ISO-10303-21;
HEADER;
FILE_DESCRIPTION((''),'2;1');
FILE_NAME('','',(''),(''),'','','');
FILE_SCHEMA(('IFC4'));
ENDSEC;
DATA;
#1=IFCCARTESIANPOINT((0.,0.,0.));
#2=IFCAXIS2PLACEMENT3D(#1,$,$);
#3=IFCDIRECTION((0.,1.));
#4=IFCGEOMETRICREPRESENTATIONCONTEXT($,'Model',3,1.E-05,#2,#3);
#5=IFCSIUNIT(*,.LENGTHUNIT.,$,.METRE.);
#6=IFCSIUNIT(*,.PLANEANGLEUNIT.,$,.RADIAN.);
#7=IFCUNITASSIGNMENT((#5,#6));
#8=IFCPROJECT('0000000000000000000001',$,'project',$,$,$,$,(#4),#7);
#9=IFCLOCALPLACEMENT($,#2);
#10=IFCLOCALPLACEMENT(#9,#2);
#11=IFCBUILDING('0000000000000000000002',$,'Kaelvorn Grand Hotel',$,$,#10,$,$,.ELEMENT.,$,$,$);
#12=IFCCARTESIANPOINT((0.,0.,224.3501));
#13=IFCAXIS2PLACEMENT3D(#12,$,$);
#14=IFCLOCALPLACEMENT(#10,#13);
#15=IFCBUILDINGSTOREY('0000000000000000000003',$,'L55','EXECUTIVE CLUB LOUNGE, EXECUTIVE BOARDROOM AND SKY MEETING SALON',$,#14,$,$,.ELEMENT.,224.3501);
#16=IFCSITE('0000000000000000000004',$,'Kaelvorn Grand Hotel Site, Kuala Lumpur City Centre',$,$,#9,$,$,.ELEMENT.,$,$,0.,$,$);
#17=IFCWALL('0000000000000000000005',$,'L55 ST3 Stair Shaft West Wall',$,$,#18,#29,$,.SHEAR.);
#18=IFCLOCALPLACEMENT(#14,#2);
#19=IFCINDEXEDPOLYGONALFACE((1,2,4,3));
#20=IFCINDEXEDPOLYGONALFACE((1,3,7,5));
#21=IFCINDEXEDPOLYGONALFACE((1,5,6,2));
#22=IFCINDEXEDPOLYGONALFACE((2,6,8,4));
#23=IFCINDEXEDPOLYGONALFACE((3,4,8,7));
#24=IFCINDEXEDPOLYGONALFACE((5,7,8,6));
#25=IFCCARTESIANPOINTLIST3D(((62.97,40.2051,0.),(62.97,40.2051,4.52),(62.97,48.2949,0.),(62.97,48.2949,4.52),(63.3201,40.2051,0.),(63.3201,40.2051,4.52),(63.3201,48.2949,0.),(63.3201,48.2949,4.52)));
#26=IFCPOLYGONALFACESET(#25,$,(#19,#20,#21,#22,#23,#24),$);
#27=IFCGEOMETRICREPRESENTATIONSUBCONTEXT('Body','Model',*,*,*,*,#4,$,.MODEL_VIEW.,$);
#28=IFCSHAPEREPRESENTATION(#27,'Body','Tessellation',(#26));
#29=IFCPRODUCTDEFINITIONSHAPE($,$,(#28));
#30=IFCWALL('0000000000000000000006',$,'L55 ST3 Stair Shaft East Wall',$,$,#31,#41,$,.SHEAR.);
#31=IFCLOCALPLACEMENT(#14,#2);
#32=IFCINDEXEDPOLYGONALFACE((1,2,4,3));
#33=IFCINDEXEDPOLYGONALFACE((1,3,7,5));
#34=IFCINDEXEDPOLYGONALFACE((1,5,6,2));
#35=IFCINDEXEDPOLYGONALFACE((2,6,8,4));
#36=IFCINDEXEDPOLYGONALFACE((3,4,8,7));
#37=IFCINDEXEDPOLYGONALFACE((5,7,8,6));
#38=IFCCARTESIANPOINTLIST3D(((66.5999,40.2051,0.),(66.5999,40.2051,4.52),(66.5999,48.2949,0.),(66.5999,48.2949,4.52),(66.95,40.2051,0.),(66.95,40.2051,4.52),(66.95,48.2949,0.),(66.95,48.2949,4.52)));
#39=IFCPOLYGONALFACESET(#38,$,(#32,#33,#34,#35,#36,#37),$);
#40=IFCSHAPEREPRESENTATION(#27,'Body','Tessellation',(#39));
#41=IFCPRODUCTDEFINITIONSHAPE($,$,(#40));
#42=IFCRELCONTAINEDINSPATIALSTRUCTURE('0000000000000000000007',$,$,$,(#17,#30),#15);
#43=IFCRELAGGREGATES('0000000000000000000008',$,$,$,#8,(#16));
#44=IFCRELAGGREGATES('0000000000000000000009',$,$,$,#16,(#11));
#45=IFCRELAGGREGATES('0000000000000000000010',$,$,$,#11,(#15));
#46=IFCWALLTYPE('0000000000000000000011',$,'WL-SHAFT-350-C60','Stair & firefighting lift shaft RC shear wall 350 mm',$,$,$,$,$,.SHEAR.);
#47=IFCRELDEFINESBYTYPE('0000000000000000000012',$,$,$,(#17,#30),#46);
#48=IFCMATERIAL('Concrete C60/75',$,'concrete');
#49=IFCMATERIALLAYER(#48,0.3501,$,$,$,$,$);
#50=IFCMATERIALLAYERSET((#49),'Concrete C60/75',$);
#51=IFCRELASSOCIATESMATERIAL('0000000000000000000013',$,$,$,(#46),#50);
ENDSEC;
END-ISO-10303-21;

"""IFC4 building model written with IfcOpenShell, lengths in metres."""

from ifc_helpers import new_model, si_unit, direction, frame, frame_2d, origin, place, context, subcontext, project, spatial, rectangle, extrude, material, layer, layer_set, type_object, element, save


model = new_model("IFC4")

# Units and contexts
model_context = context("Model", 3, precision=1e-05, world=origin(), true_north=direction((0.0, 1.0)))
body_context = subcontext(model_context, "Body", "Model", "MODEL_VIEW")
ifc_project = project(units=[si_unit("LENGTHUNIT", "METRE"), si_unit("PLANEANGLEUNIT", "RADIAN")], contexts=[model_context])

# Site, building, storey
site_placement = place(None, origin())
site = spatial("IfcSite", under=ifc_project, at=site_placement, Name="Kaelvorn Grand Hotel Site, Kuala Lumpur City Centre", CompositionType="ELEMENT", RefElevation=0.0)
building_placement = place(site_placement, origin())
building = spatial("IfcBuilding", under=site, at=building_placement, Name="Kaelvorn Grand Hotel", CompositionType="ELEMENT")
storey_placement = place(building_placement, frame((0.0, 0.0, 224.3501)))
storey = spatial("IfcBuildingStorey", under=building, at=storey_placement, Name="L55", Description="EXECUTIVE CLUB LOUNGE, EXECUTIVE BOARDROOM AND SKY MEETING SALON", CompositionType="ELEMENT", Elevation=224.3501)

# Shared definitions
ifc_material_1 = material(Name="Concrete C60/75", Category="concrete")

# Shared definitions
ifc_layer_1 = layer(ifc_material_1, 0.3501)
ifc_layer_set_1 = layer_set([ifc_layer_1], Name="Concrete C60/75")
wall_type_1 = type_object("IfcWallType", Name="WL-SHAFT-350-C60", Description="Stair & firefighting lift shaft RC shear wall 350 mm", PredefinedType="SHEAR", material=ifc_layer_set_1)

# Walls
for number, where, z_axis, x_axis, name in (
    (1, (63.145, 40.2051, 0.0), (0.0, 0.0, 1.0), (0.0, 1.0, 0.0), "L55 ST3 Stair Shaft West Wall"),
    (2, (66.7749, 40.2051, 0.0), (0.0, 0.0, 1.0), (0.0, 1.0, 0.0), "L55 ST3 Stair Shaft East Wall"),
):
    element("IfcWall", number, at=place(storey_placement, frame(where, z_axis=z_axis, x_axis=x_axis)), inside=storey, type_object=wall_type_1, Name=name, PredefinedType="SHEAR", context=body_context, shape_type="SweptSolid", body=[
        extrude(rectangle(XDim=8.0898, YDim=0.3501, at=frame_2d((4.0449, 0.0))), origin(), (0.0, 0.0, 1.0), 4.52),
    ])

save(model, "model.ifc")
